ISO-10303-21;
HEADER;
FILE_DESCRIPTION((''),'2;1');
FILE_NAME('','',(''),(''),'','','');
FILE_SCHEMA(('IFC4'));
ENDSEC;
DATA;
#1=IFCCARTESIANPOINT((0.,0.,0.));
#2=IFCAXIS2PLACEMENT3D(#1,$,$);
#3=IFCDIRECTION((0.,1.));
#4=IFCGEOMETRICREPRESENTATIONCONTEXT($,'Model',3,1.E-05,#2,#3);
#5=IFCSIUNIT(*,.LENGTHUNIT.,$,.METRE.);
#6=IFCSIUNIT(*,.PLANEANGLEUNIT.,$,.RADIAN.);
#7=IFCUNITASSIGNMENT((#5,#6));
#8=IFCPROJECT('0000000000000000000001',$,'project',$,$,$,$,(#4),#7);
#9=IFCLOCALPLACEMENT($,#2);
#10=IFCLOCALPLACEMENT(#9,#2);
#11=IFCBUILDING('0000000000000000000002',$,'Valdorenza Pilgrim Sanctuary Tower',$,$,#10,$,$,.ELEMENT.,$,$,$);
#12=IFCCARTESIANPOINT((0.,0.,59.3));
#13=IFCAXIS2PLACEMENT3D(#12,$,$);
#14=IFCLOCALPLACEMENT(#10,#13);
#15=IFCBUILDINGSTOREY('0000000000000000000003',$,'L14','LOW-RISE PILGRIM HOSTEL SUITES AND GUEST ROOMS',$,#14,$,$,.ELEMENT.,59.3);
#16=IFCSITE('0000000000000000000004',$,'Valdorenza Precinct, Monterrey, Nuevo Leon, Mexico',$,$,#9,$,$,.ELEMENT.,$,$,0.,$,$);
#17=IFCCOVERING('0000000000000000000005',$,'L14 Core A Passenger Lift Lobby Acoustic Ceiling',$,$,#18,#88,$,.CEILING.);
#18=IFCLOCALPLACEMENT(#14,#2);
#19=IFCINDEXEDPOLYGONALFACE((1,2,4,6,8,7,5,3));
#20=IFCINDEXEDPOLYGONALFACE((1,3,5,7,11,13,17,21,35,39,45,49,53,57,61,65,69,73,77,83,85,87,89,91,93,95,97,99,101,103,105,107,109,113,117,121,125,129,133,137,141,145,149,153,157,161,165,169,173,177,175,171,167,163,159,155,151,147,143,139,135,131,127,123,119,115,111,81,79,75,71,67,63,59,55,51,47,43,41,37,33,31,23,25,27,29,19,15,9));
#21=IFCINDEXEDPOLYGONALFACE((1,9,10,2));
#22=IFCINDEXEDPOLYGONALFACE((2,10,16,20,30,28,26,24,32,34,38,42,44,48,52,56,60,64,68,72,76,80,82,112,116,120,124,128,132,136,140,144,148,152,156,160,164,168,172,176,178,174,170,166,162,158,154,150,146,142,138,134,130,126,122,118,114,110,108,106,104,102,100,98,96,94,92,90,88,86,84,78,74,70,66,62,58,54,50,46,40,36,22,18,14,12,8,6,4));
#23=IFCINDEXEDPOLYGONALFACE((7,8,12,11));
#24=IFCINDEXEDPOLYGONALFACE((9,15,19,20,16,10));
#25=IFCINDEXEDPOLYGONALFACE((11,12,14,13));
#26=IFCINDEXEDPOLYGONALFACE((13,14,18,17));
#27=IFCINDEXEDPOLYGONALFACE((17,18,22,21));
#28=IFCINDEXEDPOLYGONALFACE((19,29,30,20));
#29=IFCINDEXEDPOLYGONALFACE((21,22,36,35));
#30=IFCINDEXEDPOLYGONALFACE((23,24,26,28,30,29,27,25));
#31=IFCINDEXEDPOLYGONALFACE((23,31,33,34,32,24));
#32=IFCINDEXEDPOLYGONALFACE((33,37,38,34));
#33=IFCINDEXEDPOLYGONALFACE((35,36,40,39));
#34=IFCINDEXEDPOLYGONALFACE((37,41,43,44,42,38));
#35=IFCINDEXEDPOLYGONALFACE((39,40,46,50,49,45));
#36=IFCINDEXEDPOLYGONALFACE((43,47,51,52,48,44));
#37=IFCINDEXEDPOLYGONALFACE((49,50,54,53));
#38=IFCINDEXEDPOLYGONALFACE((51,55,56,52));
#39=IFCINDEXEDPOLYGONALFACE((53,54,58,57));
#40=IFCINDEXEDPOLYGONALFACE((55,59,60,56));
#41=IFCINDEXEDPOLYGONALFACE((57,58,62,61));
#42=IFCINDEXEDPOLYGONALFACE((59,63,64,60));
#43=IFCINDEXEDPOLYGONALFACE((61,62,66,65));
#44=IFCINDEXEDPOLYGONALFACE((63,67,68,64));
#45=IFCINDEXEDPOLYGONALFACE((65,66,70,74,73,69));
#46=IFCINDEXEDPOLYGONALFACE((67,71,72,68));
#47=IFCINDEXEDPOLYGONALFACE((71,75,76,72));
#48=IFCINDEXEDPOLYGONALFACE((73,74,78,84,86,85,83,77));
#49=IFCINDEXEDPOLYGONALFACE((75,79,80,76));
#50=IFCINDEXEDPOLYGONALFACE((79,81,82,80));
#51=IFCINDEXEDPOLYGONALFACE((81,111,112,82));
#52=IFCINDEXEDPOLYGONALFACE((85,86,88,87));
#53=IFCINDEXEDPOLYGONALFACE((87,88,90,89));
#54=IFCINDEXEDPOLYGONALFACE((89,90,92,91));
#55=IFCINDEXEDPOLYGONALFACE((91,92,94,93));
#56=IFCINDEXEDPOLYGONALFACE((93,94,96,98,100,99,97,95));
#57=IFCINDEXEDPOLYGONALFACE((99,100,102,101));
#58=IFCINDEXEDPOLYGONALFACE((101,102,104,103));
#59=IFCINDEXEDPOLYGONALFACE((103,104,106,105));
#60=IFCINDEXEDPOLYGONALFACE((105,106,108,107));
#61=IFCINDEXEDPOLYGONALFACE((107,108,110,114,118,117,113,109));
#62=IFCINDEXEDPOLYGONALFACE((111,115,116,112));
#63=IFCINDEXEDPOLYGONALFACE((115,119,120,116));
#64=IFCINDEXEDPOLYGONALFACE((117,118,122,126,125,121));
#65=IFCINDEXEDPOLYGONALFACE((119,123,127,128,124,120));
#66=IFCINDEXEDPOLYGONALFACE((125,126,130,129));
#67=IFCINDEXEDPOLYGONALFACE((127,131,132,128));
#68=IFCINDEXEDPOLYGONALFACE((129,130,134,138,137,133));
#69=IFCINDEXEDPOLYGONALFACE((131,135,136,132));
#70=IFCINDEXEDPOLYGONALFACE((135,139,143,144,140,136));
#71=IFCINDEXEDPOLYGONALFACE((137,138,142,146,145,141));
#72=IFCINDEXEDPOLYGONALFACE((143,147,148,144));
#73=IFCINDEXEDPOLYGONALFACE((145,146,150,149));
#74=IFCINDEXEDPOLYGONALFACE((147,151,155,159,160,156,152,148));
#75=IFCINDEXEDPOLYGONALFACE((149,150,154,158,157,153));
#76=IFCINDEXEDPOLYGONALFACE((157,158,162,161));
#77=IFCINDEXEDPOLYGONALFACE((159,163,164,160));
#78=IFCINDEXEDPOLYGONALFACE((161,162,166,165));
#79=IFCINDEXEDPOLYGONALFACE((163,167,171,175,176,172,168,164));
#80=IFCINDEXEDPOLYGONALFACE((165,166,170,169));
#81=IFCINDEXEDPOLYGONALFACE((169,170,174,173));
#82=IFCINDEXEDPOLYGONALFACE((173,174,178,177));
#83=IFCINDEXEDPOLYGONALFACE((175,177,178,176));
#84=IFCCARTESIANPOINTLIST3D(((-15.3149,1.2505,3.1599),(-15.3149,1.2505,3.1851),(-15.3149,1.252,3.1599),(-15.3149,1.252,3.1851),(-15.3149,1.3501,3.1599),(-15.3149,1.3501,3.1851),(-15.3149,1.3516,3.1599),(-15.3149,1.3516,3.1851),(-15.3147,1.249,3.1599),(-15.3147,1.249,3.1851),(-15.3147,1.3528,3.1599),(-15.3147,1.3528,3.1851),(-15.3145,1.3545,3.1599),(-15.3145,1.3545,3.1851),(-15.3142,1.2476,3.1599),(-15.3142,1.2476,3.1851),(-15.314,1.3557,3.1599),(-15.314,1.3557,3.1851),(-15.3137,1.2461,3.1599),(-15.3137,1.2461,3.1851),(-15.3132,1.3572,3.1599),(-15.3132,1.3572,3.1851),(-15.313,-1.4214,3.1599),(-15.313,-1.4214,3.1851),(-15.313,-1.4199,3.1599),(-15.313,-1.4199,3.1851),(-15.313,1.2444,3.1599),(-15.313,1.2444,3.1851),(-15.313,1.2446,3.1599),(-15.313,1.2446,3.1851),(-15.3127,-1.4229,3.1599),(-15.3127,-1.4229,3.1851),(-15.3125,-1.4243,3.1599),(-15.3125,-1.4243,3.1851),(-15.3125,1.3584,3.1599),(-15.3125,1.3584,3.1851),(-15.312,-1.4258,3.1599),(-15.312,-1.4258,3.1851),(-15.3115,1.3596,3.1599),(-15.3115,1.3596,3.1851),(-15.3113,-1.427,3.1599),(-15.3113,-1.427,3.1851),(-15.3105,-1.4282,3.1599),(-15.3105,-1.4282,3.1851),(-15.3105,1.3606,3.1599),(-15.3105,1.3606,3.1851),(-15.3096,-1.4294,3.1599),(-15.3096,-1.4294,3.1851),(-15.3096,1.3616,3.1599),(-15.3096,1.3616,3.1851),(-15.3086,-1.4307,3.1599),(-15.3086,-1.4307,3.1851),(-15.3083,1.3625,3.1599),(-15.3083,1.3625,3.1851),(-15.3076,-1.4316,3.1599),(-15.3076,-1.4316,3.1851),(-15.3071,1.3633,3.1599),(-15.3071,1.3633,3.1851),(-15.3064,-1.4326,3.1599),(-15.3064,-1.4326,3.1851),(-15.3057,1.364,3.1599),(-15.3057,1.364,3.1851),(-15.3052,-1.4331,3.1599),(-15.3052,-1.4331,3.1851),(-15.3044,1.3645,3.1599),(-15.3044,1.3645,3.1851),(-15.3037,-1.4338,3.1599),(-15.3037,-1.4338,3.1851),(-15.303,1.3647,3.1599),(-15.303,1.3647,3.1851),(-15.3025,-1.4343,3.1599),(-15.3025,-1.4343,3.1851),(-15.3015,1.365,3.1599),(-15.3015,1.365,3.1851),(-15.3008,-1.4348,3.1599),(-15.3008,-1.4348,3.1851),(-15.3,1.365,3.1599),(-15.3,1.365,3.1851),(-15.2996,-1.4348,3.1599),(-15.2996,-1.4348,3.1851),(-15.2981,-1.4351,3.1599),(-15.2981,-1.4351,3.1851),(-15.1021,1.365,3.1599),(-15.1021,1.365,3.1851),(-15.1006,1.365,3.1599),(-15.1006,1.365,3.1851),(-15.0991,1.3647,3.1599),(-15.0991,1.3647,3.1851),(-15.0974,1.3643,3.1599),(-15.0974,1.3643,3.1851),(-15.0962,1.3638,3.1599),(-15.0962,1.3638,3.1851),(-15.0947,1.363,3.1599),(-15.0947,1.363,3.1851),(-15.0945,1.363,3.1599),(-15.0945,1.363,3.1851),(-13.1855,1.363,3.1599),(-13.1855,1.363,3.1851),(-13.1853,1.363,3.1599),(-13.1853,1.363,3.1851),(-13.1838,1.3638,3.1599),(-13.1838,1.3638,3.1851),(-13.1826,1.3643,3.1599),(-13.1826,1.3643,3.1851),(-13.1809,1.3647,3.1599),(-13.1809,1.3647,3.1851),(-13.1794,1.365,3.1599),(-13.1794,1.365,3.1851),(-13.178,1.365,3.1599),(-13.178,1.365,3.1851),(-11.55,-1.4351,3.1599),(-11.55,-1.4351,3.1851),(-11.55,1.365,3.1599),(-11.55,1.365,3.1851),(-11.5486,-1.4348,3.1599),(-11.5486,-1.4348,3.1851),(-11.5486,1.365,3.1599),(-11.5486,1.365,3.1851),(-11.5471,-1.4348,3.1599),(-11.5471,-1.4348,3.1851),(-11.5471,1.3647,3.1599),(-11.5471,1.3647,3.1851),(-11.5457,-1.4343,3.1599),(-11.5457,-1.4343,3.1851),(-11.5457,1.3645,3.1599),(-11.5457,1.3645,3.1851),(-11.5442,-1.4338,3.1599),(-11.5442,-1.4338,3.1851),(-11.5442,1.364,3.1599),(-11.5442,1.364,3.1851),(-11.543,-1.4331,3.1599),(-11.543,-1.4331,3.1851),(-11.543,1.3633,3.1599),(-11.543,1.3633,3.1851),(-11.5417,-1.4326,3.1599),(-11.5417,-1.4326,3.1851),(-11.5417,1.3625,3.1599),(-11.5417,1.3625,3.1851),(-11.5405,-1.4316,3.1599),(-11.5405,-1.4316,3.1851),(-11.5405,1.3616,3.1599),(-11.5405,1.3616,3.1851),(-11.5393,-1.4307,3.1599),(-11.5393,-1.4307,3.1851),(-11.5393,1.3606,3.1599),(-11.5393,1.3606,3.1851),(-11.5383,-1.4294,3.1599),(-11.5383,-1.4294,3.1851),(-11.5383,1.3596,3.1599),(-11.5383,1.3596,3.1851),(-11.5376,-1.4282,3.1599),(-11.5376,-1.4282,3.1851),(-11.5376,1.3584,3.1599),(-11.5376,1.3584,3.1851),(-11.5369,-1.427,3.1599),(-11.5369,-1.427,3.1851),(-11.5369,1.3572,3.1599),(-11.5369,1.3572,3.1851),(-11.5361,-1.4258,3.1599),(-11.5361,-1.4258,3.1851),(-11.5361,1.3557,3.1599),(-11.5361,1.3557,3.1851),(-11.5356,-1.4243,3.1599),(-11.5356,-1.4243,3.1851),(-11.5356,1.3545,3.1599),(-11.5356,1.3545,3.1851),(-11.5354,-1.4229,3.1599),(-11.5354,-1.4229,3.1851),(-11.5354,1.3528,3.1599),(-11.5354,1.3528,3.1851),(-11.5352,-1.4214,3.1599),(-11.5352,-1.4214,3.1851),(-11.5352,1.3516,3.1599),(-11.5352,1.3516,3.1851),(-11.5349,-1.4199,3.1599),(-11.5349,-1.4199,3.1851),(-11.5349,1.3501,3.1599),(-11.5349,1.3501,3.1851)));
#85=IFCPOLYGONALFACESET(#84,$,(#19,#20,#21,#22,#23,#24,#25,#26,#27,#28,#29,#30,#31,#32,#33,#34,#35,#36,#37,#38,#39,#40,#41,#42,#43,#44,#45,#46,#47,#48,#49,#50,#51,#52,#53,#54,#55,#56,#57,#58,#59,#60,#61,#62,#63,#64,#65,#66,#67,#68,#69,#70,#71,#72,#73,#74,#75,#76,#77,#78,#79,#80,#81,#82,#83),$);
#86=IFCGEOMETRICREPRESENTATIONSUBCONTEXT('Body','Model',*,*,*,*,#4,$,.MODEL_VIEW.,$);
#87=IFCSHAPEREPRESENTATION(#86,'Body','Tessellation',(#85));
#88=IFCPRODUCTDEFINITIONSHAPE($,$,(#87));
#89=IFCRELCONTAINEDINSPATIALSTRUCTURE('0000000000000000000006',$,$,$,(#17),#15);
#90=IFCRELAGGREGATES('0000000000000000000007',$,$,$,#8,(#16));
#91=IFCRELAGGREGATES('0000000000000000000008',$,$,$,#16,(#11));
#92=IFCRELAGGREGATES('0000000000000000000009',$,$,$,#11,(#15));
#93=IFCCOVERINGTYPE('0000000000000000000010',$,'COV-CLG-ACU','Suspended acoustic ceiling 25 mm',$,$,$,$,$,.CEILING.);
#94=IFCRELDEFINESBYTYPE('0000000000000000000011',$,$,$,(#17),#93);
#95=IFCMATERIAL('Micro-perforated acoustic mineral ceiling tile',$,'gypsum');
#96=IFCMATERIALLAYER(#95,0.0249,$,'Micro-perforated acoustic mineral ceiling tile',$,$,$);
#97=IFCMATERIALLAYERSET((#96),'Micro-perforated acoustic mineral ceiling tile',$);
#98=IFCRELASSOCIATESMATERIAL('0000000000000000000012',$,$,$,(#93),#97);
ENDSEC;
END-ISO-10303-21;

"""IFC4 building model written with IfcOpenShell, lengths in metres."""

from ifc_helpers import new_model, si_unit, direction, frame, origin, place, context, subcontext, project, spatial, polyline, outline, extrude, material, layer, layer_set, type_object, element, save


model = new_model("IFC4")

# Units and contexts
model_context = context("Model", 3, precision=1e-05, world=origin(), true_north=direction((0.0, 1.0)))
body_context = subcontext(model_context, "Body", "Model", "MODEL_VIEW")
ifc_project = project(units=[si_unit("LENGTHUNIT", "METRE"), si_unit("PLANEANGLEUNIT", "RADIAN")], contexts=[model_context])

# Site, building, storey
site_placement = place(None, origin())
site = spatial("IfcSite", under=ifc_project, at=site_placement, Name="Valdorenza Precinct, Monterrey, Nuevo Leon, Mexico", CompositionType="ELEMENT", RefElevation=0.0)
building_placement = place(site_placement, origin())
building = spatial("IfcBuilding", under=site, at=building_placement, Name="Valdorenza Pilgrim Sanctuary Tower", CompositionType="ELEMENT")
storey_placement = place(building_placement, frame((0.0, 0.0, 59.3)))
storey = spatial("IfcBuildingStorey", under=building, at=storey_placement, Name="L14", Description="LOW-RISE PILGRIM HOSTEL SUITES AND GUEST ROOMS", CompositionType="ELEMENT", Elevation=59.3)

# Covering
ifc_material_1 = material(Name="Micro-perforated acoustic mineral ceiling tile", Category="gypsum")
ifc_layer_1 = layer(ifc_material_1, 0.0249, Name="Micro-perforated acoustic mineral ceiling tile")
ifc_layer_set_1 = layer_set([ifc_layer_1], Name="Micro-perforated acoustic mineral ceiling tile")
covering_type_1 = type_object("IfcCoveringType", Name="COV-CLG-ACU", Description="Suspended acoustic ceiling 25 mm", PredefinedType="CEILING", material=ifc_layer_set_1)
covering_1_placement = place(storey_placement, frame((0.0, 0.0, 3.1599)))
element("IfcCovering", 1, at=covering_1_placement, inside=storey, type_object=covering_type_1, Name="L14 Core A Passenger Lift Lobby Acoustic Ceiling", PredefinedType="CEILING", context=body_context, shape_type="SweptSolid", body=[
    extrude(outline(polyline([(-15.313, 1.2444), (-15.313, 1.2446), (-15.3137, 1.2461), (-15.3142, 1.2476), (-15.3147, 1.249), (-15.3149, 1.2505), (-15.3149, 1.252), (-15.3149, 1.3501), (-15.3149, 1.3516), (-15.3147, 1.3528), (-15.3145, 1.3545), (-15.314, 1.3557), (-15.3132, 1.3572), (-15.3125, 1.3584), (-15.3115, 1.3596), (-15.3105, 1.3606), (-15.3096, 1.3616), (-15.3083, 1.3625), (-15.3071, 1.3633), (-15.3057, 1.364), (-15.3044, 1.3645), (-15.303, 1.3647), (-15.3015, 1.365), (-15.3, 1.365), (-15.1021, 1.365), (-15.1006, 1.365), (-15.0991, 1.3647), (-15.0974, 1.3643), (-15.0962, 1.3638), (-15.0947, 1.363), (-15.0945, 1.363), (-13.1855, 1.363), (-13.1853, 1.363), (-13.1838, 1.3638), (-13.1826, 1.3643), (-13.1809, 1.3647), (-13.1794, 1.365), (-13.178, 1.365), (-11.55, 1.365), (-11.5486, 1.365), (-11.5471, 1.3647), (-11.5457, 1.3645), (-11.5442, 1.364), (-11.543, 1.3633), (-11.5417, 1.3625), (-11.5405, 1.3616), (-11.5393, 1.3606), (-11.5383, 1.3596), (-11.5376, 1.3584), (-11.5369, 1.3572), (-11.5361, 1.3557), (-11.5356, 1.3545), (-11.5354, 1.3528), (-11.5352, 1.3516), (-11.5349, 1.3501), (-11.5349, -1.4199), (-11.5352, -1.4214), (-11.5354, -1.4229), (-11.5356, -1.4243), (-11.5361, -1.4258), (-11.5369, -1.427), (-11.5376, -1.4282), (-11.5383, -1.4294), (-11.5393, -1.4307), (-11.5405, -1.4316), (-11.5417, -1.4326), (-11.543, -1.4331), (-11.5442, -1.4338), (-11.5457, -1.4343), (-11.5471, -1.4348), (-11.5486, -1.4348), (-11.55, -1.4351), (-15.2981, -1.4351), (-15.2996, -1.4348), (-15.3008, -1.4348), (-15.3025, -1.4343), (-15.3037, -1.4338), (-15.3052, -1.4331), (-15.3064, -1.4326), (-15.3076, -1.4316), (-15.3086, -1.4307), (-15.3096, -1.4294), (-15.3105, -1.4282), (-15.3113, -1.427), (-15.312, -1.4258), (-15.3125, -1.4243), (-15.3127, -1.4229), (-15.313, -1.4214), (-15.313, -1.4199), (-15.313, 1.2444)])), origin(), (0.0, 0.0, 1.0), 0.0251),
])

save(model, "model.ifc")
